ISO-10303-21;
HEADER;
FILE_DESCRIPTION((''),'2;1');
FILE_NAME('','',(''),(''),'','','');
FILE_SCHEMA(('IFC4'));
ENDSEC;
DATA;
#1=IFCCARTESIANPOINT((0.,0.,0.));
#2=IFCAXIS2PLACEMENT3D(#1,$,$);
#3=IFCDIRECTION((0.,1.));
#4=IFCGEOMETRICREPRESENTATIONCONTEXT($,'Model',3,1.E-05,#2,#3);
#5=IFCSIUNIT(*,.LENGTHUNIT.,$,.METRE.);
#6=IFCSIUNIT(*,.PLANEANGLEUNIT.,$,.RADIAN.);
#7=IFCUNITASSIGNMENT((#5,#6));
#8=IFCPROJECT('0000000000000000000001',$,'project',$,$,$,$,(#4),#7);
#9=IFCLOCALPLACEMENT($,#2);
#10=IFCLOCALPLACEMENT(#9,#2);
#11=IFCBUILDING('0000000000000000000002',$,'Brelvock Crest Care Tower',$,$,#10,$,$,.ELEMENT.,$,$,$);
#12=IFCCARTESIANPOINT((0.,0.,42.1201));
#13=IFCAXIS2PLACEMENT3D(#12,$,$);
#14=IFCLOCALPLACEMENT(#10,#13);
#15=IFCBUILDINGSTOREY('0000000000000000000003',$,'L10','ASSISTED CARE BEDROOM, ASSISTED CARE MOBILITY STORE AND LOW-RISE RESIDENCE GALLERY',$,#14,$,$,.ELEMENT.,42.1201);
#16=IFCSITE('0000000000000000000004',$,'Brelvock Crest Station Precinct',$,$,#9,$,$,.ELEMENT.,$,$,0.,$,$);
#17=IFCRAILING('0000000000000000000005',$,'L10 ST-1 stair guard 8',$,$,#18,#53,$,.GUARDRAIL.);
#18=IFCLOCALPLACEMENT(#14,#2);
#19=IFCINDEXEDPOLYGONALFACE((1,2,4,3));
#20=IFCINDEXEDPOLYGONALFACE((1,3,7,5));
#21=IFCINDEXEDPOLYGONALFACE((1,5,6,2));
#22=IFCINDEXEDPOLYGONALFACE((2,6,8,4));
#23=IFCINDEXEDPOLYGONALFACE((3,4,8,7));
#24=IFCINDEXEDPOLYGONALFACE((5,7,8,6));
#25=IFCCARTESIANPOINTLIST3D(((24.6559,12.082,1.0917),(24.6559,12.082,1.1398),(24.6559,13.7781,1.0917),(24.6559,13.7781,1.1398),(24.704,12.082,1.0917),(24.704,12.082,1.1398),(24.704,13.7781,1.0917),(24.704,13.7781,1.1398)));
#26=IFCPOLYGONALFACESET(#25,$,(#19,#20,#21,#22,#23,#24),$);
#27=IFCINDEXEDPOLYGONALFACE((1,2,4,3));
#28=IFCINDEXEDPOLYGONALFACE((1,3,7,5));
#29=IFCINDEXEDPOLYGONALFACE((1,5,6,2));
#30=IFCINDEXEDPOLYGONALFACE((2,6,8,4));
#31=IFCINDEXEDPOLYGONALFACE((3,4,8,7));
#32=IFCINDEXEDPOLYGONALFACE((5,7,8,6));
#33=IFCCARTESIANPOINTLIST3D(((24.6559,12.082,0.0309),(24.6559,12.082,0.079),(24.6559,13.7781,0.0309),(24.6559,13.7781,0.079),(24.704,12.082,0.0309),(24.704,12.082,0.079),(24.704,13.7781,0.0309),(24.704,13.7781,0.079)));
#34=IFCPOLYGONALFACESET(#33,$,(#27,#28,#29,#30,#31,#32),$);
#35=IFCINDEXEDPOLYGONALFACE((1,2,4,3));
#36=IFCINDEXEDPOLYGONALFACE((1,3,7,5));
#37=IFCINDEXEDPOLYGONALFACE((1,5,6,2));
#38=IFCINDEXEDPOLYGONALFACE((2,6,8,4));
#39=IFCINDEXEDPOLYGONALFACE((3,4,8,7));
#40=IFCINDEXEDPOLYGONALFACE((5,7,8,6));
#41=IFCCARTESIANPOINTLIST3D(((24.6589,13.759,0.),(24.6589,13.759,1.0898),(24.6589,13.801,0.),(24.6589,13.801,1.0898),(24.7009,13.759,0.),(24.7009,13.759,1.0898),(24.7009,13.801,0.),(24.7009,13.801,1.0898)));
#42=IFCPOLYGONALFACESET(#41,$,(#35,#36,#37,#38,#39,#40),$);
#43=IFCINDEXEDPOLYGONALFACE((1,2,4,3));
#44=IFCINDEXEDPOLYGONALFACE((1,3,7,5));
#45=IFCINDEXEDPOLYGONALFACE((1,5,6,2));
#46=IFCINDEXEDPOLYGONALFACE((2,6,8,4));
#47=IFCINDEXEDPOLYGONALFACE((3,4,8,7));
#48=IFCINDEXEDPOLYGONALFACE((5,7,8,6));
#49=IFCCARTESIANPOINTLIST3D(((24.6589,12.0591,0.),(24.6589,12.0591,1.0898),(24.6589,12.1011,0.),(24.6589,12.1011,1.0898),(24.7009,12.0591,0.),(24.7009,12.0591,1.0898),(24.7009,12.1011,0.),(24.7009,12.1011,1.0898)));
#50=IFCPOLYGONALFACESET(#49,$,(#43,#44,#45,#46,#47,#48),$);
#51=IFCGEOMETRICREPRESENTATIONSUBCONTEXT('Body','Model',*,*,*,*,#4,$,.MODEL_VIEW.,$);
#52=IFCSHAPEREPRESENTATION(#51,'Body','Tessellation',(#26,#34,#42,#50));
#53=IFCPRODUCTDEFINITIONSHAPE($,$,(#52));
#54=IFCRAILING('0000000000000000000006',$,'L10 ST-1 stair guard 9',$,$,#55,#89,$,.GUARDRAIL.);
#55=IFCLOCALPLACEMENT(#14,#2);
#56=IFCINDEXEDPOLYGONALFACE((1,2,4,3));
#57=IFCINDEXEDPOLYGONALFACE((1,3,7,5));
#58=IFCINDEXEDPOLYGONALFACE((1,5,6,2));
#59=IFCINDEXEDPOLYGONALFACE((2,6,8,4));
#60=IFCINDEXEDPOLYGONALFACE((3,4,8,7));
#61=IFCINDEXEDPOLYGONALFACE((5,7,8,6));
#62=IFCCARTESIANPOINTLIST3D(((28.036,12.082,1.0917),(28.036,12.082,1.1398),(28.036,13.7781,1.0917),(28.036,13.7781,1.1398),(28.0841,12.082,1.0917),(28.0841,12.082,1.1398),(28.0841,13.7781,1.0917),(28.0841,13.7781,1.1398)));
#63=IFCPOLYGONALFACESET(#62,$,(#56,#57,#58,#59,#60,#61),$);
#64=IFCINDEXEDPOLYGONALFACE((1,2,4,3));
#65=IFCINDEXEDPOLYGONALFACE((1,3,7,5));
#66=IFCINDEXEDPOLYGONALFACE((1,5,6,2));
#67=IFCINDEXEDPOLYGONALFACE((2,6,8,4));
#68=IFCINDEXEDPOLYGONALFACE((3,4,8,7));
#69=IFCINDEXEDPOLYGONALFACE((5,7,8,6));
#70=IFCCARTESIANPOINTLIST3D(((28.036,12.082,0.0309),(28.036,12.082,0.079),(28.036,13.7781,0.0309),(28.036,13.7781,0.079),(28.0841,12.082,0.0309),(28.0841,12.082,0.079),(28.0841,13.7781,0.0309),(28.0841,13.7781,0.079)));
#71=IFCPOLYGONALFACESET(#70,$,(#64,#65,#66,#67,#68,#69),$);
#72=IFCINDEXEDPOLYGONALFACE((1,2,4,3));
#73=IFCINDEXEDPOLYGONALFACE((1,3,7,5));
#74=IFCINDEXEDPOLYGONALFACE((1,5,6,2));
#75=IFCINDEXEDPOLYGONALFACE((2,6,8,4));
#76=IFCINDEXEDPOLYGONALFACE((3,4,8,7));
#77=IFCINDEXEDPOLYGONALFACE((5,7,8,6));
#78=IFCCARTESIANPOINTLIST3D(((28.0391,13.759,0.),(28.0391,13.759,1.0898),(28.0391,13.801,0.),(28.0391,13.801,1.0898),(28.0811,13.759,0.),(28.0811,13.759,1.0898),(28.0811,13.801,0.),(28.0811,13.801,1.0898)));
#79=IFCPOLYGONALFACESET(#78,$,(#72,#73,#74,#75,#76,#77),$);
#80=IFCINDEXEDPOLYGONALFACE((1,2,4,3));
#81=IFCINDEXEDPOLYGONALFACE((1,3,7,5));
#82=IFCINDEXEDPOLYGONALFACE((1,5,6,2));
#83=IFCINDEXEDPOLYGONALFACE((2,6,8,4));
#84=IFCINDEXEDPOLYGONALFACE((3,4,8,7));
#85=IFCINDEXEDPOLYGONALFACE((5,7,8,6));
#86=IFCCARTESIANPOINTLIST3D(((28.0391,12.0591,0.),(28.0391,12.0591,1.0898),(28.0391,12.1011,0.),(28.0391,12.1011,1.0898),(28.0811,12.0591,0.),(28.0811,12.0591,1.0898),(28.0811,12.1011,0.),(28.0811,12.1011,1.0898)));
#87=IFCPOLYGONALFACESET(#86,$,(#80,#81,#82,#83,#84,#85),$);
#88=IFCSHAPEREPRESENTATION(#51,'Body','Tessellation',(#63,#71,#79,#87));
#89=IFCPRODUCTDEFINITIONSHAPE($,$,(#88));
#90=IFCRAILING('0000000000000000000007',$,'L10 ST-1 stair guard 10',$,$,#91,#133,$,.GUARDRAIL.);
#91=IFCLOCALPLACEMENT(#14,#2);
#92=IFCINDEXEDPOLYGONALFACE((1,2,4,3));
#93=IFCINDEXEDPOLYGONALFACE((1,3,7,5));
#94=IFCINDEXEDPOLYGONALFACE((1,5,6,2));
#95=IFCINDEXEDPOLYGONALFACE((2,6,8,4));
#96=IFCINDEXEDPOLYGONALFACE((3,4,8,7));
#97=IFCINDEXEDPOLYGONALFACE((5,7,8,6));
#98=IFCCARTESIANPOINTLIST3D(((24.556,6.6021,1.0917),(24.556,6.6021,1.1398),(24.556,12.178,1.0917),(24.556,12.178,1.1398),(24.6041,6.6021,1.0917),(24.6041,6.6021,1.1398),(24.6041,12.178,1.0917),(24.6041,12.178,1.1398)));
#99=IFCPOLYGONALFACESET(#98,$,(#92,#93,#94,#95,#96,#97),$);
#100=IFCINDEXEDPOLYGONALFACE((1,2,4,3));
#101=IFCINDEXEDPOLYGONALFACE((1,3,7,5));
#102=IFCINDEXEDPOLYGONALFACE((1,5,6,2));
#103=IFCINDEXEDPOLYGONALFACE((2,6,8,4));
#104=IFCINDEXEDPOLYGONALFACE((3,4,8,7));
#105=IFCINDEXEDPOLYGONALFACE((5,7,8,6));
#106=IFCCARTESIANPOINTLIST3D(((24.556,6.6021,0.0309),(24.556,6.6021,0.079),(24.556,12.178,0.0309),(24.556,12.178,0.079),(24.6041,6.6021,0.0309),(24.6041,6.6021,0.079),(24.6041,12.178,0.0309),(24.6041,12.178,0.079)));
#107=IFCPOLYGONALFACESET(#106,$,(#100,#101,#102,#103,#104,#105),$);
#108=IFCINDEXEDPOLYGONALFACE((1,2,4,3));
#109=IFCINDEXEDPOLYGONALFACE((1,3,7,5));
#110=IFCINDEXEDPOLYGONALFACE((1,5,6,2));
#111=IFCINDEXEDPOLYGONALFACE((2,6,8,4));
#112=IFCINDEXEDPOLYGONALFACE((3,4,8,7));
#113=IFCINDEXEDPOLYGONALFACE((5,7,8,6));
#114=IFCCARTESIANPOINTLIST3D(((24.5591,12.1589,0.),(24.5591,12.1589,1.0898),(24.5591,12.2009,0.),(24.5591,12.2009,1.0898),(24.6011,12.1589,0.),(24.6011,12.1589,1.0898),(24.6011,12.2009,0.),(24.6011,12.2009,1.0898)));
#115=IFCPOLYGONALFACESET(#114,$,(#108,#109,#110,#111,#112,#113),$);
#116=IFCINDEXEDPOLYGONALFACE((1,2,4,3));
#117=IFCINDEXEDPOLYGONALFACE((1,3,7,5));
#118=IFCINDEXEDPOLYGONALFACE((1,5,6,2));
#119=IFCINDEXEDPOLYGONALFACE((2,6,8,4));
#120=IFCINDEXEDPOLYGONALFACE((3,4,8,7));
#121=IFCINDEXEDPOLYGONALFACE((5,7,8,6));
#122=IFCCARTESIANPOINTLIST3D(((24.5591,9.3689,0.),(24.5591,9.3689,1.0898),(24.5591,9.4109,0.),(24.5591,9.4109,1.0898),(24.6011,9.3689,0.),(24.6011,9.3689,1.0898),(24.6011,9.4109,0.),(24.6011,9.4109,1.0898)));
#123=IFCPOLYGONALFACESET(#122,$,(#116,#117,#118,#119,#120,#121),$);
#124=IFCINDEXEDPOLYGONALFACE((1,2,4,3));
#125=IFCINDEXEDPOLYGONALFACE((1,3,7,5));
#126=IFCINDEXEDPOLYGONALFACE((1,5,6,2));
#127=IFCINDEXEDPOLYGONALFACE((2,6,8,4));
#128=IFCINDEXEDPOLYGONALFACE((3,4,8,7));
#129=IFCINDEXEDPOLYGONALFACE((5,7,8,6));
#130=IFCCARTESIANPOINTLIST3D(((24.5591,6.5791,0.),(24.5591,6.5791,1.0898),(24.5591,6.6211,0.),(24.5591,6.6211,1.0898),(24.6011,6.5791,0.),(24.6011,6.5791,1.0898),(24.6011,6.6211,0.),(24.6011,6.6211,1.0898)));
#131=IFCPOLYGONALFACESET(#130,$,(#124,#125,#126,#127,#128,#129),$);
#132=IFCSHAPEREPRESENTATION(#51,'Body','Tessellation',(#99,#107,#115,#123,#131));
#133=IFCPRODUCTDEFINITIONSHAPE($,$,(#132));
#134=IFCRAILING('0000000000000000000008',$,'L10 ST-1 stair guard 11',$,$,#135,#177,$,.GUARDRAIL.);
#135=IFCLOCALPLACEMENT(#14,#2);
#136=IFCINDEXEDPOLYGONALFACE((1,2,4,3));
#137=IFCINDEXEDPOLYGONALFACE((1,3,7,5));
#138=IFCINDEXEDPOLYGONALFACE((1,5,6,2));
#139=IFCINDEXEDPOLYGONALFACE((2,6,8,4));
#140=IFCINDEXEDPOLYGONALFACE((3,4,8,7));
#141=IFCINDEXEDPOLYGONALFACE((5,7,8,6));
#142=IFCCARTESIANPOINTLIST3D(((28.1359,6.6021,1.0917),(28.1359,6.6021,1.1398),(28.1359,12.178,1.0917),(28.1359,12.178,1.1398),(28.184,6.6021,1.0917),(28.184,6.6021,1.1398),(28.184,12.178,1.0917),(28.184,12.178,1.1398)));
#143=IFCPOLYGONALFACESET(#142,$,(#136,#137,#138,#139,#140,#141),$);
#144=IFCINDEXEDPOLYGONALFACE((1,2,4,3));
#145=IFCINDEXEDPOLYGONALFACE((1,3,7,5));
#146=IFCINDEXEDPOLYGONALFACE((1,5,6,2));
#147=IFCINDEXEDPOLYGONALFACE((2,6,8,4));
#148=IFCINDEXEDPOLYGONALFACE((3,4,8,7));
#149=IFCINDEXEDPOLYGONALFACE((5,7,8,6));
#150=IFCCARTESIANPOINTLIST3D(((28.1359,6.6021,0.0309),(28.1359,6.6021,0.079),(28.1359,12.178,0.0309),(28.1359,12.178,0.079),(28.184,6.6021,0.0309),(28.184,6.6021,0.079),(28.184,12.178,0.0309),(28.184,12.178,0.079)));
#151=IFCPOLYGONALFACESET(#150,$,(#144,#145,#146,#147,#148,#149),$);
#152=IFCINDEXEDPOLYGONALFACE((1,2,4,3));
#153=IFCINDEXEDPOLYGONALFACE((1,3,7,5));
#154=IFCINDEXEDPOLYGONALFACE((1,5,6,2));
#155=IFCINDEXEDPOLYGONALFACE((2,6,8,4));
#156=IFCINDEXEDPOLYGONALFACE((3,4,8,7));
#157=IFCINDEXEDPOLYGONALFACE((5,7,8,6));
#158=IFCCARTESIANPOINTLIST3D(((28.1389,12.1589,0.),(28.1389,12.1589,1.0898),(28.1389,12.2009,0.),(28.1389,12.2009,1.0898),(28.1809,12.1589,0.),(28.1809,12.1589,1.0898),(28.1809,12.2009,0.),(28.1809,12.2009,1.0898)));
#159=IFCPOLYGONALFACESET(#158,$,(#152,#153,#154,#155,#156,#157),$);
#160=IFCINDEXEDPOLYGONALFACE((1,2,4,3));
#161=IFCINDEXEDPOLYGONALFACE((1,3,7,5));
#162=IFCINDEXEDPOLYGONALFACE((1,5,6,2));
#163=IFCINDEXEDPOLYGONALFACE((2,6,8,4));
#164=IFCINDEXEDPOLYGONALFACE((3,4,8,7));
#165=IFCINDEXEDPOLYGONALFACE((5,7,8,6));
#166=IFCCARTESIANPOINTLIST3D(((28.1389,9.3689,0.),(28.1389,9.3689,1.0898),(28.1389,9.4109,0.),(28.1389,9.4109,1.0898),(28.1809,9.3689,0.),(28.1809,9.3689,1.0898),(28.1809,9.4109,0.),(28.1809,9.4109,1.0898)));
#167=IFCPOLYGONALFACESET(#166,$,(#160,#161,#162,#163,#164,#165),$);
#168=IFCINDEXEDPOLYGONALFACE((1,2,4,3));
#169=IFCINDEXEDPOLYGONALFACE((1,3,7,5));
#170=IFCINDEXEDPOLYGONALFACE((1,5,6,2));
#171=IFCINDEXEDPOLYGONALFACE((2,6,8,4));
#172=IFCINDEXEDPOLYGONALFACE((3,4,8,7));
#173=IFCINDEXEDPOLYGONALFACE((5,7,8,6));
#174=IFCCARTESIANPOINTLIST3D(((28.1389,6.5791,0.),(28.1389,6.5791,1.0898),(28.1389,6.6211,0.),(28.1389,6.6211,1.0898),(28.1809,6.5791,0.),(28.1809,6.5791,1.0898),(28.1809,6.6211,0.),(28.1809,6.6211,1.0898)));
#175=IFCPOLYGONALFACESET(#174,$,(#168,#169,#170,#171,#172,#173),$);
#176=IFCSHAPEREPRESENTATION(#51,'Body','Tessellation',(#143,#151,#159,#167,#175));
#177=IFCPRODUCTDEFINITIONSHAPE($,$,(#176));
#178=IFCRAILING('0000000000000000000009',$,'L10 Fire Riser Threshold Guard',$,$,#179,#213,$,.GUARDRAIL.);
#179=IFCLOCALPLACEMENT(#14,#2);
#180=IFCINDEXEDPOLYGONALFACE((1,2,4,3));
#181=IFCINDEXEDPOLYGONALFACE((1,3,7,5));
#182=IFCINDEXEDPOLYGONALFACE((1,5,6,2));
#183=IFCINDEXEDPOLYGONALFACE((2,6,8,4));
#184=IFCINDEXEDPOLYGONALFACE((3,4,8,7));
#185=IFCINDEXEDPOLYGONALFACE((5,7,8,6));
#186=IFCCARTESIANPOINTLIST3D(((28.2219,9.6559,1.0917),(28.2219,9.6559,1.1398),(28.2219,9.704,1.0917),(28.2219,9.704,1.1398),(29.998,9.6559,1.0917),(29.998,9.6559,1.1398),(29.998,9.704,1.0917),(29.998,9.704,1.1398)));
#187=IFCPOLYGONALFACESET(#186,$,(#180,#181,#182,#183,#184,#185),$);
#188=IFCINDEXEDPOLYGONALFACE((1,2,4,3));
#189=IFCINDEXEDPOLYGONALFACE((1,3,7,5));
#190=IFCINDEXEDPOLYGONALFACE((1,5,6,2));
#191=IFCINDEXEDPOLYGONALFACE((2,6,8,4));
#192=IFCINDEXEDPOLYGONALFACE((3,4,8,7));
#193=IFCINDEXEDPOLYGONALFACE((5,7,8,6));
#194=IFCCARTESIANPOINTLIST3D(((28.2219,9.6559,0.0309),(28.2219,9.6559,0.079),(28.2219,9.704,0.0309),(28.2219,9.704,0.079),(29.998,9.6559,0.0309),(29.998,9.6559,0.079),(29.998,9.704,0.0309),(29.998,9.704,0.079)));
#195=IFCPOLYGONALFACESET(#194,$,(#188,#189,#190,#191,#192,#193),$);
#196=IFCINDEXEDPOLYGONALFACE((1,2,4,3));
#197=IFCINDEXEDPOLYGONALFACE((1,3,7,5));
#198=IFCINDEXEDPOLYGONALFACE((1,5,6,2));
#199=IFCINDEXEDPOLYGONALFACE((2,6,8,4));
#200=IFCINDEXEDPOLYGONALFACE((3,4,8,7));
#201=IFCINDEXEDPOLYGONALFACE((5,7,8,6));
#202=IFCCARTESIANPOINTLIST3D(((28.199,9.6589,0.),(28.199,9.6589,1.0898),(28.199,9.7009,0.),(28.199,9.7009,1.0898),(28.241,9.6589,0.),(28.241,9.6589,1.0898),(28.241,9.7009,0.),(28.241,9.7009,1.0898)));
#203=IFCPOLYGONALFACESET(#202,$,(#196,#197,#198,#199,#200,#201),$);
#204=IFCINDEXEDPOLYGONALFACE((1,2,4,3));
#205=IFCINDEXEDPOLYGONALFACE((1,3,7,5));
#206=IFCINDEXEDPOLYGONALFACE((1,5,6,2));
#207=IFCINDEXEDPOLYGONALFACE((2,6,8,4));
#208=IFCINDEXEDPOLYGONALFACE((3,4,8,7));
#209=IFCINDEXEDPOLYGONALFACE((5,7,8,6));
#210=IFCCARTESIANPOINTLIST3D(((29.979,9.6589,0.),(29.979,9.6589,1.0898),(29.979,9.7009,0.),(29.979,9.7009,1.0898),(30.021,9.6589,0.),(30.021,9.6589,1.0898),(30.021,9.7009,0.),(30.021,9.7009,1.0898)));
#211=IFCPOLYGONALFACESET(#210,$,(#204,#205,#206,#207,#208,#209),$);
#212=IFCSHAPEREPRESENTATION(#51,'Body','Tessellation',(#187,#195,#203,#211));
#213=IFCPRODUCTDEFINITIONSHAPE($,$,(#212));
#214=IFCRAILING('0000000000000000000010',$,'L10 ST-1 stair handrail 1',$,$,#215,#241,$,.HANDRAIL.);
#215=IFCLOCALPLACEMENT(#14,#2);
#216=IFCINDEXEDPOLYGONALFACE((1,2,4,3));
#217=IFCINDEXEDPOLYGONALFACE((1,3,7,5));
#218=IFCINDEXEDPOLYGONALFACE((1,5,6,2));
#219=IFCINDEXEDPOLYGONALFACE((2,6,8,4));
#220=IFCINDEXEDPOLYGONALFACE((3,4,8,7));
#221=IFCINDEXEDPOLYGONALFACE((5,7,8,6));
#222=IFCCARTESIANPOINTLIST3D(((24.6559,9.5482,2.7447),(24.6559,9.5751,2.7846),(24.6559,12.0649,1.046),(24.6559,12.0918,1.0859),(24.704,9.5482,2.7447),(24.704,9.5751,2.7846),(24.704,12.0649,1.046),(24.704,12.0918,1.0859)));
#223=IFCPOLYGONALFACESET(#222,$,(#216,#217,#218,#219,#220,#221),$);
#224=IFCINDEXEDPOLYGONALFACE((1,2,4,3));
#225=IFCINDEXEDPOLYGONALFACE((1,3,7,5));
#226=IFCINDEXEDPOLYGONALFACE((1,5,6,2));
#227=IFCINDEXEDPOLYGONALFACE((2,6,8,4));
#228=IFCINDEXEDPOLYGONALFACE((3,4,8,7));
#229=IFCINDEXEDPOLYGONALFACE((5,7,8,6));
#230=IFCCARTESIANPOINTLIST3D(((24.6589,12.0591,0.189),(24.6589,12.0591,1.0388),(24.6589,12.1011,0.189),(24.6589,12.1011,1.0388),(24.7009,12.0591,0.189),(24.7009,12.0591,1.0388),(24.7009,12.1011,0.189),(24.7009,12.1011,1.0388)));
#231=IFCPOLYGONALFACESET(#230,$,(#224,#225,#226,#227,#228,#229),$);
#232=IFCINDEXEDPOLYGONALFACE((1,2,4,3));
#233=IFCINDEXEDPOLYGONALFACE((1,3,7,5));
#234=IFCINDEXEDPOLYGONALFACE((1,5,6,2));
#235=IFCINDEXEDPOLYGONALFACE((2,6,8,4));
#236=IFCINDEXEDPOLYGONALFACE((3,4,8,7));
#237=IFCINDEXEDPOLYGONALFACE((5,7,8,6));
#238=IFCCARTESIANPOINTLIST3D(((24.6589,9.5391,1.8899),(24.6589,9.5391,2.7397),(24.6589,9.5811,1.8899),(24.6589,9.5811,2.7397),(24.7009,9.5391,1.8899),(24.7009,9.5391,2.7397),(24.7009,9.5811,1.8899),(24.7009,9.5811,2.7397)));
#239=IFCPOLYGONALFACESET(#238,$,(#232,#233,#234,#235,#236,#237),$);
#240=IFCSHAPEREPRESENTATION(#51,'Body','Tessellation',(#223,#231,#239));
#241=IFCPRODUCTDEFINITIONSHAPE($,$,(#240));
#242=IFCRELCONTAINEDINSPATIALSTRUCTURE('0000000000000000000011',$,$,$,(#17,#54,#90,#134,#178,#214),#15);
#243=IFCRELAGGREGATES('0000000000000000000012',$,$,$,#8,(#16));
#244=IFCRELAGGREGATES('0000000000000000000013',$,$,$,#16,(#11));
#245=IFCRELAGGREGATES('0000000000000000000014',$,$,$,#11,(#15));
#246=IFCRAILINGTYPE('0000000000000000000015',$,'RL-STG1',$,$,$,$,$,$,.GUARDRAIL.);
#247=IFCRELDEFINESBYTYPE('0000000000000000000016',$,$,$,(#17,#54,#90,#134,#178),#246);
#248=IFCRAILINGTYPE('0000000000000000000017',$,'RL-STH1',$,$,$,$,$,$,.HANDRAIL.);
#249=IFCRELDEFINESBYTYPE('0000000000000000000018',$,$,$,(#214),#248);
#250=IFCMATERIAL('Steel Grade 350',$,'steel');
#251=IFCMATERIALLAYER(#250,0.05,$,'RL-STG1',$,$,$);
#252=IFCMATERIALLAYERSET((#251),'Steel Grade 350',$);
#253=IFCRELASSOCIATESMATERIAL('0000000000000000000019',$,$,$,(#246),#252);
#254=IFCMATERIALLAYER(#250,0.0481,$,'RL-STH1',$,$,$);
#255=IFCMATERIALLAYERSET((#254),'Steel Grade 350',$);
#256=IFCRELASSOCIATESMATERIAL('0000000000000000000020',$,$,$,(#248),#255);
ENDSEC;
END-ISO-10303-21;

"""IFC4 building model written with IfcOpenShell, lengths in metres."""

from ifc_helpers import new_model, si_unit, direction, frame, origin, origin_2d, place, context, subcontext, project, spatial, rectangle, extrude, material, layer, layer_set, type_object, element, save


model = new_model("IFC4")

# Units and contexts
model_context = context("Model", 3, precision=1e-05, world=origin(), true_north=direction((0.0, 1.0)))
body_context = subcontext(model_context, "Body", "Model", "MODEL_VIEW")
ifc_project = project(units=[si_unit("LENGTHUNIT", "METRE"), si_unit("PLANEANGLEUNIT", "RADIAN")], contexts=[model_context])

# Site, building, storey
site_placement = place(None, origin())
site = spatial("IfcSite", under=ifc_project, at=site_placement, Name="Brelvock Crest Station Precinct", CompositionType="ELEMENT", RefElevation=0.0)
building_placement = place(site_placement, origin())
building = spatial("IfcBuilding", under=site, at=building_placement, Name="Brelvock Crest Care Tower", CompositionType="ELEMENT")
storey_placement = place(building_placement, frame((0.0, 0.0, 42.1201)))
storey = spatial("IfcBuildingStorey", under=building, at=storey_placement, Name="L10", Description="ASSISTED CARE BEDROOM, ASSISTED CARE MOBILITY STORE AND LOW-RISE RESIDENCE GALLERY", CompositionType="ELEMENT", Elevation=42.1201)

# Shared definitions
ifc_material_1 = material(Name="Steel Grade 350", Category="steel")

# Railings
ifc_layer_1 = layer(ifc_material_1, 0.05, Name="RL-STG1")
ifc_layer_set_1 = layer_set([ifc_layer_1], Name="Steel Grade 350")
railing_type_1 = type_object("IfcRailingType", Name="RL-STG1", PredefinedType="GUARDRAIL", material=ifc_layer_set_1)
for number, where, name in (
    (1, (24.6799, 13.78, 0.0), "L10 ST-1 stair guard 8"),
    (2, (28.0601, 13.78, 0.0), "L10 ST-1 stair guard 9"),
):
    element("IfcRailing", number, at=place(storey_placement, frame(where)), inside=storey, type_object=railing_type_1, Name=name, PredefinedType="GUARDRAIL", context=body_context, shape_type="SweptSolid", body=[
        extrude(rectangle(XDim=0.0481, YDim=0.0481, at=origin_2d()), frame((0.0, -0.002, 1.1157), z_axis=(0.0, -1.0, 0.0), x_axis=(1.0, 0.0, 0.0)), (0.0, 0.0, 1.0), 1.696),
        extrude(rectangle(XDim=0.0481, YDim=0.0481, at=origin_2d()), frame((0.0, -0.002, 0.0549), z_axis=(0.0, -1.0, 0.0), x_axis=(1.0, 0.0, 0.0)), (0.0, 0.0, 1.0), 1.696),
        extrude(rectangle(XDim=0.042, YDim=0.042, at=origin_2d()), origin(), (0.0, 0.0, 1.0), 1.0898),
        extrude(rectangle(XDim=0.042, YDim=0.042, at=origin_2d()), frame((0.0, -1.7, 0.0)), (0.0, 0.0, 1.0), 1.0898),
    ])
for number, where, name in (
    (3, (24.5801, 12.1799, 0.0), "L10 ST-1 stair guard 10"),
    (4, (28.1599, 12.1799, 0.0), "L10 ST-1 stair guard 11"),
):
    element("IfcRailing", number, at=place(storey_placement, frame(where)), inside=storey, type_object=railing_type_1, Name=name, PredefinedType="GUARDRAIL", context=body_context, shape_type="SweptSolid", body=[
        extrude(rectangle(XDim=0.0481, YDim=0.0481, at=origin_2d()), frame((0.0, -0.002, 1.1157), z_axis=(0.0, -1.0, 0.0), x_axis=(1.0, 0.0, 0.0)), (0.0, 0.0, 1.0), 5.5759),
        extrude(rectangle(XDim=0.0481, YDim=0.0481, at=origin_2d()), frame((0.0, -0.002, 0.0549), z_axis=(0.0, -1.0, 0.0), x_axis=(1.0, 0.0, 0.0)), (0.0, 0.0, 1.0), 5.5759),
        extrude(rectangle(XDim=0.042, YDim=0.042, at=origin_2d()), origin(), (0.0, 0.0, 1.0), 1.0898),
        extrude(rectangle(XDim=0.042, YDim=0.042, at=origin_2d()), frame((0.0, -2.79, 0.0)), (0.0, 0.0, 1.0), 1.0898),
        extrude(rectangle(XDim=0.042, YDim=0.042, at=origin_2d()), frame((0.0, -5.5798, 0.0)), (0.0, 0.0, 1.0), 1.0898),
    ])
railing_1_placement = place(storey_placement, frame((28.22, 9.6799, 0.0)))
element("IfcRailing", 5, at=railing_1_placement, inside=storey, type_object=railing_type_1, Name="L10 Fire Riser Threshold Guard", PredefinedType="GUARDRAIL", context=body_context, shape_type="SweptSolid", body=[
    extrude(rectangle(XDim=0.0481, YDim=0.0481, at=origin_2d()), frame((0.002, 0.0, 1.1157), z_axis=(1.0, 0.0, 0.0), x_axis=(0.0, 1.0, 0.0)), (0.0, 0.0, 1.0), 1.7761),
    extrude(rectangle(XDim=0.0481, YDim=0.0481, at=origin_2d()), frame((0.002, 0.0, 0.0549), z_axis=(1.0, 0.0, 0.0), x_axis=(0.0, 1.0, 0.0)), (0.0, 0.0, 1.0), 1.7761),
    extrude(rectangle(XDim=0.042, YDim=0.042, at=origin_2d()), origin(), (0.0, 0.0, 1.0), 1.0898),
    extrude(rectangle(XDim=0.042, YDim=0.042, at=origin_2d()), frame((1.78, 0.0, 0.0)), (0.0, 0.0, 1.0), 1.0898),
])
ifc_layer_2 = layer(ifc_material_1, 0.0481, Name="RL-STH1")
ifc_layer_set_2 = layer_set([ifc_layer_2], Name="Steel Grade 350")
railing_type_2 = type_object("IfcRailingType", Name="RL-STH1", PredefinedType="HANDRAIL", material=ifc_layer_set_2)
railing_2_placement = place(storey_placement, frame((24.6799, 12.0801, 0.189)))
element("IfcRailing", 6, at=railing_2_placement, inside=storey, type_object=railing_type_2, Name="L10 ST-1 stair handrail 1", PredefinedType="HANDRAIL", context=body_context, shape_type="SweptSolid", body=[
    extrude(rectangle(XDim=0.0481, YDim=0.0481, at=origin_2d()), frame((0.0, -0.0017, 0.877), z_axis=(0.0, -0.828862, 0.559454), x_axis=(1.0, 0.0, 0.0)), (0.0, 0.0, 1.0), 3.0364),
    extrude(rectangle(XDim=0.042, YDim=0.042, at=origin_2d()), origin(), (0.0, 0.0, 1.0), 0.8499),
    extrude(rectangle(XDim=0.042, YDim=0.042, at=origin_2d()), frame((0.0, -2.52, 1.7009)), (0.0, 0.0, 1.0), 0.8499),
])

save(model, "model.ifc")
